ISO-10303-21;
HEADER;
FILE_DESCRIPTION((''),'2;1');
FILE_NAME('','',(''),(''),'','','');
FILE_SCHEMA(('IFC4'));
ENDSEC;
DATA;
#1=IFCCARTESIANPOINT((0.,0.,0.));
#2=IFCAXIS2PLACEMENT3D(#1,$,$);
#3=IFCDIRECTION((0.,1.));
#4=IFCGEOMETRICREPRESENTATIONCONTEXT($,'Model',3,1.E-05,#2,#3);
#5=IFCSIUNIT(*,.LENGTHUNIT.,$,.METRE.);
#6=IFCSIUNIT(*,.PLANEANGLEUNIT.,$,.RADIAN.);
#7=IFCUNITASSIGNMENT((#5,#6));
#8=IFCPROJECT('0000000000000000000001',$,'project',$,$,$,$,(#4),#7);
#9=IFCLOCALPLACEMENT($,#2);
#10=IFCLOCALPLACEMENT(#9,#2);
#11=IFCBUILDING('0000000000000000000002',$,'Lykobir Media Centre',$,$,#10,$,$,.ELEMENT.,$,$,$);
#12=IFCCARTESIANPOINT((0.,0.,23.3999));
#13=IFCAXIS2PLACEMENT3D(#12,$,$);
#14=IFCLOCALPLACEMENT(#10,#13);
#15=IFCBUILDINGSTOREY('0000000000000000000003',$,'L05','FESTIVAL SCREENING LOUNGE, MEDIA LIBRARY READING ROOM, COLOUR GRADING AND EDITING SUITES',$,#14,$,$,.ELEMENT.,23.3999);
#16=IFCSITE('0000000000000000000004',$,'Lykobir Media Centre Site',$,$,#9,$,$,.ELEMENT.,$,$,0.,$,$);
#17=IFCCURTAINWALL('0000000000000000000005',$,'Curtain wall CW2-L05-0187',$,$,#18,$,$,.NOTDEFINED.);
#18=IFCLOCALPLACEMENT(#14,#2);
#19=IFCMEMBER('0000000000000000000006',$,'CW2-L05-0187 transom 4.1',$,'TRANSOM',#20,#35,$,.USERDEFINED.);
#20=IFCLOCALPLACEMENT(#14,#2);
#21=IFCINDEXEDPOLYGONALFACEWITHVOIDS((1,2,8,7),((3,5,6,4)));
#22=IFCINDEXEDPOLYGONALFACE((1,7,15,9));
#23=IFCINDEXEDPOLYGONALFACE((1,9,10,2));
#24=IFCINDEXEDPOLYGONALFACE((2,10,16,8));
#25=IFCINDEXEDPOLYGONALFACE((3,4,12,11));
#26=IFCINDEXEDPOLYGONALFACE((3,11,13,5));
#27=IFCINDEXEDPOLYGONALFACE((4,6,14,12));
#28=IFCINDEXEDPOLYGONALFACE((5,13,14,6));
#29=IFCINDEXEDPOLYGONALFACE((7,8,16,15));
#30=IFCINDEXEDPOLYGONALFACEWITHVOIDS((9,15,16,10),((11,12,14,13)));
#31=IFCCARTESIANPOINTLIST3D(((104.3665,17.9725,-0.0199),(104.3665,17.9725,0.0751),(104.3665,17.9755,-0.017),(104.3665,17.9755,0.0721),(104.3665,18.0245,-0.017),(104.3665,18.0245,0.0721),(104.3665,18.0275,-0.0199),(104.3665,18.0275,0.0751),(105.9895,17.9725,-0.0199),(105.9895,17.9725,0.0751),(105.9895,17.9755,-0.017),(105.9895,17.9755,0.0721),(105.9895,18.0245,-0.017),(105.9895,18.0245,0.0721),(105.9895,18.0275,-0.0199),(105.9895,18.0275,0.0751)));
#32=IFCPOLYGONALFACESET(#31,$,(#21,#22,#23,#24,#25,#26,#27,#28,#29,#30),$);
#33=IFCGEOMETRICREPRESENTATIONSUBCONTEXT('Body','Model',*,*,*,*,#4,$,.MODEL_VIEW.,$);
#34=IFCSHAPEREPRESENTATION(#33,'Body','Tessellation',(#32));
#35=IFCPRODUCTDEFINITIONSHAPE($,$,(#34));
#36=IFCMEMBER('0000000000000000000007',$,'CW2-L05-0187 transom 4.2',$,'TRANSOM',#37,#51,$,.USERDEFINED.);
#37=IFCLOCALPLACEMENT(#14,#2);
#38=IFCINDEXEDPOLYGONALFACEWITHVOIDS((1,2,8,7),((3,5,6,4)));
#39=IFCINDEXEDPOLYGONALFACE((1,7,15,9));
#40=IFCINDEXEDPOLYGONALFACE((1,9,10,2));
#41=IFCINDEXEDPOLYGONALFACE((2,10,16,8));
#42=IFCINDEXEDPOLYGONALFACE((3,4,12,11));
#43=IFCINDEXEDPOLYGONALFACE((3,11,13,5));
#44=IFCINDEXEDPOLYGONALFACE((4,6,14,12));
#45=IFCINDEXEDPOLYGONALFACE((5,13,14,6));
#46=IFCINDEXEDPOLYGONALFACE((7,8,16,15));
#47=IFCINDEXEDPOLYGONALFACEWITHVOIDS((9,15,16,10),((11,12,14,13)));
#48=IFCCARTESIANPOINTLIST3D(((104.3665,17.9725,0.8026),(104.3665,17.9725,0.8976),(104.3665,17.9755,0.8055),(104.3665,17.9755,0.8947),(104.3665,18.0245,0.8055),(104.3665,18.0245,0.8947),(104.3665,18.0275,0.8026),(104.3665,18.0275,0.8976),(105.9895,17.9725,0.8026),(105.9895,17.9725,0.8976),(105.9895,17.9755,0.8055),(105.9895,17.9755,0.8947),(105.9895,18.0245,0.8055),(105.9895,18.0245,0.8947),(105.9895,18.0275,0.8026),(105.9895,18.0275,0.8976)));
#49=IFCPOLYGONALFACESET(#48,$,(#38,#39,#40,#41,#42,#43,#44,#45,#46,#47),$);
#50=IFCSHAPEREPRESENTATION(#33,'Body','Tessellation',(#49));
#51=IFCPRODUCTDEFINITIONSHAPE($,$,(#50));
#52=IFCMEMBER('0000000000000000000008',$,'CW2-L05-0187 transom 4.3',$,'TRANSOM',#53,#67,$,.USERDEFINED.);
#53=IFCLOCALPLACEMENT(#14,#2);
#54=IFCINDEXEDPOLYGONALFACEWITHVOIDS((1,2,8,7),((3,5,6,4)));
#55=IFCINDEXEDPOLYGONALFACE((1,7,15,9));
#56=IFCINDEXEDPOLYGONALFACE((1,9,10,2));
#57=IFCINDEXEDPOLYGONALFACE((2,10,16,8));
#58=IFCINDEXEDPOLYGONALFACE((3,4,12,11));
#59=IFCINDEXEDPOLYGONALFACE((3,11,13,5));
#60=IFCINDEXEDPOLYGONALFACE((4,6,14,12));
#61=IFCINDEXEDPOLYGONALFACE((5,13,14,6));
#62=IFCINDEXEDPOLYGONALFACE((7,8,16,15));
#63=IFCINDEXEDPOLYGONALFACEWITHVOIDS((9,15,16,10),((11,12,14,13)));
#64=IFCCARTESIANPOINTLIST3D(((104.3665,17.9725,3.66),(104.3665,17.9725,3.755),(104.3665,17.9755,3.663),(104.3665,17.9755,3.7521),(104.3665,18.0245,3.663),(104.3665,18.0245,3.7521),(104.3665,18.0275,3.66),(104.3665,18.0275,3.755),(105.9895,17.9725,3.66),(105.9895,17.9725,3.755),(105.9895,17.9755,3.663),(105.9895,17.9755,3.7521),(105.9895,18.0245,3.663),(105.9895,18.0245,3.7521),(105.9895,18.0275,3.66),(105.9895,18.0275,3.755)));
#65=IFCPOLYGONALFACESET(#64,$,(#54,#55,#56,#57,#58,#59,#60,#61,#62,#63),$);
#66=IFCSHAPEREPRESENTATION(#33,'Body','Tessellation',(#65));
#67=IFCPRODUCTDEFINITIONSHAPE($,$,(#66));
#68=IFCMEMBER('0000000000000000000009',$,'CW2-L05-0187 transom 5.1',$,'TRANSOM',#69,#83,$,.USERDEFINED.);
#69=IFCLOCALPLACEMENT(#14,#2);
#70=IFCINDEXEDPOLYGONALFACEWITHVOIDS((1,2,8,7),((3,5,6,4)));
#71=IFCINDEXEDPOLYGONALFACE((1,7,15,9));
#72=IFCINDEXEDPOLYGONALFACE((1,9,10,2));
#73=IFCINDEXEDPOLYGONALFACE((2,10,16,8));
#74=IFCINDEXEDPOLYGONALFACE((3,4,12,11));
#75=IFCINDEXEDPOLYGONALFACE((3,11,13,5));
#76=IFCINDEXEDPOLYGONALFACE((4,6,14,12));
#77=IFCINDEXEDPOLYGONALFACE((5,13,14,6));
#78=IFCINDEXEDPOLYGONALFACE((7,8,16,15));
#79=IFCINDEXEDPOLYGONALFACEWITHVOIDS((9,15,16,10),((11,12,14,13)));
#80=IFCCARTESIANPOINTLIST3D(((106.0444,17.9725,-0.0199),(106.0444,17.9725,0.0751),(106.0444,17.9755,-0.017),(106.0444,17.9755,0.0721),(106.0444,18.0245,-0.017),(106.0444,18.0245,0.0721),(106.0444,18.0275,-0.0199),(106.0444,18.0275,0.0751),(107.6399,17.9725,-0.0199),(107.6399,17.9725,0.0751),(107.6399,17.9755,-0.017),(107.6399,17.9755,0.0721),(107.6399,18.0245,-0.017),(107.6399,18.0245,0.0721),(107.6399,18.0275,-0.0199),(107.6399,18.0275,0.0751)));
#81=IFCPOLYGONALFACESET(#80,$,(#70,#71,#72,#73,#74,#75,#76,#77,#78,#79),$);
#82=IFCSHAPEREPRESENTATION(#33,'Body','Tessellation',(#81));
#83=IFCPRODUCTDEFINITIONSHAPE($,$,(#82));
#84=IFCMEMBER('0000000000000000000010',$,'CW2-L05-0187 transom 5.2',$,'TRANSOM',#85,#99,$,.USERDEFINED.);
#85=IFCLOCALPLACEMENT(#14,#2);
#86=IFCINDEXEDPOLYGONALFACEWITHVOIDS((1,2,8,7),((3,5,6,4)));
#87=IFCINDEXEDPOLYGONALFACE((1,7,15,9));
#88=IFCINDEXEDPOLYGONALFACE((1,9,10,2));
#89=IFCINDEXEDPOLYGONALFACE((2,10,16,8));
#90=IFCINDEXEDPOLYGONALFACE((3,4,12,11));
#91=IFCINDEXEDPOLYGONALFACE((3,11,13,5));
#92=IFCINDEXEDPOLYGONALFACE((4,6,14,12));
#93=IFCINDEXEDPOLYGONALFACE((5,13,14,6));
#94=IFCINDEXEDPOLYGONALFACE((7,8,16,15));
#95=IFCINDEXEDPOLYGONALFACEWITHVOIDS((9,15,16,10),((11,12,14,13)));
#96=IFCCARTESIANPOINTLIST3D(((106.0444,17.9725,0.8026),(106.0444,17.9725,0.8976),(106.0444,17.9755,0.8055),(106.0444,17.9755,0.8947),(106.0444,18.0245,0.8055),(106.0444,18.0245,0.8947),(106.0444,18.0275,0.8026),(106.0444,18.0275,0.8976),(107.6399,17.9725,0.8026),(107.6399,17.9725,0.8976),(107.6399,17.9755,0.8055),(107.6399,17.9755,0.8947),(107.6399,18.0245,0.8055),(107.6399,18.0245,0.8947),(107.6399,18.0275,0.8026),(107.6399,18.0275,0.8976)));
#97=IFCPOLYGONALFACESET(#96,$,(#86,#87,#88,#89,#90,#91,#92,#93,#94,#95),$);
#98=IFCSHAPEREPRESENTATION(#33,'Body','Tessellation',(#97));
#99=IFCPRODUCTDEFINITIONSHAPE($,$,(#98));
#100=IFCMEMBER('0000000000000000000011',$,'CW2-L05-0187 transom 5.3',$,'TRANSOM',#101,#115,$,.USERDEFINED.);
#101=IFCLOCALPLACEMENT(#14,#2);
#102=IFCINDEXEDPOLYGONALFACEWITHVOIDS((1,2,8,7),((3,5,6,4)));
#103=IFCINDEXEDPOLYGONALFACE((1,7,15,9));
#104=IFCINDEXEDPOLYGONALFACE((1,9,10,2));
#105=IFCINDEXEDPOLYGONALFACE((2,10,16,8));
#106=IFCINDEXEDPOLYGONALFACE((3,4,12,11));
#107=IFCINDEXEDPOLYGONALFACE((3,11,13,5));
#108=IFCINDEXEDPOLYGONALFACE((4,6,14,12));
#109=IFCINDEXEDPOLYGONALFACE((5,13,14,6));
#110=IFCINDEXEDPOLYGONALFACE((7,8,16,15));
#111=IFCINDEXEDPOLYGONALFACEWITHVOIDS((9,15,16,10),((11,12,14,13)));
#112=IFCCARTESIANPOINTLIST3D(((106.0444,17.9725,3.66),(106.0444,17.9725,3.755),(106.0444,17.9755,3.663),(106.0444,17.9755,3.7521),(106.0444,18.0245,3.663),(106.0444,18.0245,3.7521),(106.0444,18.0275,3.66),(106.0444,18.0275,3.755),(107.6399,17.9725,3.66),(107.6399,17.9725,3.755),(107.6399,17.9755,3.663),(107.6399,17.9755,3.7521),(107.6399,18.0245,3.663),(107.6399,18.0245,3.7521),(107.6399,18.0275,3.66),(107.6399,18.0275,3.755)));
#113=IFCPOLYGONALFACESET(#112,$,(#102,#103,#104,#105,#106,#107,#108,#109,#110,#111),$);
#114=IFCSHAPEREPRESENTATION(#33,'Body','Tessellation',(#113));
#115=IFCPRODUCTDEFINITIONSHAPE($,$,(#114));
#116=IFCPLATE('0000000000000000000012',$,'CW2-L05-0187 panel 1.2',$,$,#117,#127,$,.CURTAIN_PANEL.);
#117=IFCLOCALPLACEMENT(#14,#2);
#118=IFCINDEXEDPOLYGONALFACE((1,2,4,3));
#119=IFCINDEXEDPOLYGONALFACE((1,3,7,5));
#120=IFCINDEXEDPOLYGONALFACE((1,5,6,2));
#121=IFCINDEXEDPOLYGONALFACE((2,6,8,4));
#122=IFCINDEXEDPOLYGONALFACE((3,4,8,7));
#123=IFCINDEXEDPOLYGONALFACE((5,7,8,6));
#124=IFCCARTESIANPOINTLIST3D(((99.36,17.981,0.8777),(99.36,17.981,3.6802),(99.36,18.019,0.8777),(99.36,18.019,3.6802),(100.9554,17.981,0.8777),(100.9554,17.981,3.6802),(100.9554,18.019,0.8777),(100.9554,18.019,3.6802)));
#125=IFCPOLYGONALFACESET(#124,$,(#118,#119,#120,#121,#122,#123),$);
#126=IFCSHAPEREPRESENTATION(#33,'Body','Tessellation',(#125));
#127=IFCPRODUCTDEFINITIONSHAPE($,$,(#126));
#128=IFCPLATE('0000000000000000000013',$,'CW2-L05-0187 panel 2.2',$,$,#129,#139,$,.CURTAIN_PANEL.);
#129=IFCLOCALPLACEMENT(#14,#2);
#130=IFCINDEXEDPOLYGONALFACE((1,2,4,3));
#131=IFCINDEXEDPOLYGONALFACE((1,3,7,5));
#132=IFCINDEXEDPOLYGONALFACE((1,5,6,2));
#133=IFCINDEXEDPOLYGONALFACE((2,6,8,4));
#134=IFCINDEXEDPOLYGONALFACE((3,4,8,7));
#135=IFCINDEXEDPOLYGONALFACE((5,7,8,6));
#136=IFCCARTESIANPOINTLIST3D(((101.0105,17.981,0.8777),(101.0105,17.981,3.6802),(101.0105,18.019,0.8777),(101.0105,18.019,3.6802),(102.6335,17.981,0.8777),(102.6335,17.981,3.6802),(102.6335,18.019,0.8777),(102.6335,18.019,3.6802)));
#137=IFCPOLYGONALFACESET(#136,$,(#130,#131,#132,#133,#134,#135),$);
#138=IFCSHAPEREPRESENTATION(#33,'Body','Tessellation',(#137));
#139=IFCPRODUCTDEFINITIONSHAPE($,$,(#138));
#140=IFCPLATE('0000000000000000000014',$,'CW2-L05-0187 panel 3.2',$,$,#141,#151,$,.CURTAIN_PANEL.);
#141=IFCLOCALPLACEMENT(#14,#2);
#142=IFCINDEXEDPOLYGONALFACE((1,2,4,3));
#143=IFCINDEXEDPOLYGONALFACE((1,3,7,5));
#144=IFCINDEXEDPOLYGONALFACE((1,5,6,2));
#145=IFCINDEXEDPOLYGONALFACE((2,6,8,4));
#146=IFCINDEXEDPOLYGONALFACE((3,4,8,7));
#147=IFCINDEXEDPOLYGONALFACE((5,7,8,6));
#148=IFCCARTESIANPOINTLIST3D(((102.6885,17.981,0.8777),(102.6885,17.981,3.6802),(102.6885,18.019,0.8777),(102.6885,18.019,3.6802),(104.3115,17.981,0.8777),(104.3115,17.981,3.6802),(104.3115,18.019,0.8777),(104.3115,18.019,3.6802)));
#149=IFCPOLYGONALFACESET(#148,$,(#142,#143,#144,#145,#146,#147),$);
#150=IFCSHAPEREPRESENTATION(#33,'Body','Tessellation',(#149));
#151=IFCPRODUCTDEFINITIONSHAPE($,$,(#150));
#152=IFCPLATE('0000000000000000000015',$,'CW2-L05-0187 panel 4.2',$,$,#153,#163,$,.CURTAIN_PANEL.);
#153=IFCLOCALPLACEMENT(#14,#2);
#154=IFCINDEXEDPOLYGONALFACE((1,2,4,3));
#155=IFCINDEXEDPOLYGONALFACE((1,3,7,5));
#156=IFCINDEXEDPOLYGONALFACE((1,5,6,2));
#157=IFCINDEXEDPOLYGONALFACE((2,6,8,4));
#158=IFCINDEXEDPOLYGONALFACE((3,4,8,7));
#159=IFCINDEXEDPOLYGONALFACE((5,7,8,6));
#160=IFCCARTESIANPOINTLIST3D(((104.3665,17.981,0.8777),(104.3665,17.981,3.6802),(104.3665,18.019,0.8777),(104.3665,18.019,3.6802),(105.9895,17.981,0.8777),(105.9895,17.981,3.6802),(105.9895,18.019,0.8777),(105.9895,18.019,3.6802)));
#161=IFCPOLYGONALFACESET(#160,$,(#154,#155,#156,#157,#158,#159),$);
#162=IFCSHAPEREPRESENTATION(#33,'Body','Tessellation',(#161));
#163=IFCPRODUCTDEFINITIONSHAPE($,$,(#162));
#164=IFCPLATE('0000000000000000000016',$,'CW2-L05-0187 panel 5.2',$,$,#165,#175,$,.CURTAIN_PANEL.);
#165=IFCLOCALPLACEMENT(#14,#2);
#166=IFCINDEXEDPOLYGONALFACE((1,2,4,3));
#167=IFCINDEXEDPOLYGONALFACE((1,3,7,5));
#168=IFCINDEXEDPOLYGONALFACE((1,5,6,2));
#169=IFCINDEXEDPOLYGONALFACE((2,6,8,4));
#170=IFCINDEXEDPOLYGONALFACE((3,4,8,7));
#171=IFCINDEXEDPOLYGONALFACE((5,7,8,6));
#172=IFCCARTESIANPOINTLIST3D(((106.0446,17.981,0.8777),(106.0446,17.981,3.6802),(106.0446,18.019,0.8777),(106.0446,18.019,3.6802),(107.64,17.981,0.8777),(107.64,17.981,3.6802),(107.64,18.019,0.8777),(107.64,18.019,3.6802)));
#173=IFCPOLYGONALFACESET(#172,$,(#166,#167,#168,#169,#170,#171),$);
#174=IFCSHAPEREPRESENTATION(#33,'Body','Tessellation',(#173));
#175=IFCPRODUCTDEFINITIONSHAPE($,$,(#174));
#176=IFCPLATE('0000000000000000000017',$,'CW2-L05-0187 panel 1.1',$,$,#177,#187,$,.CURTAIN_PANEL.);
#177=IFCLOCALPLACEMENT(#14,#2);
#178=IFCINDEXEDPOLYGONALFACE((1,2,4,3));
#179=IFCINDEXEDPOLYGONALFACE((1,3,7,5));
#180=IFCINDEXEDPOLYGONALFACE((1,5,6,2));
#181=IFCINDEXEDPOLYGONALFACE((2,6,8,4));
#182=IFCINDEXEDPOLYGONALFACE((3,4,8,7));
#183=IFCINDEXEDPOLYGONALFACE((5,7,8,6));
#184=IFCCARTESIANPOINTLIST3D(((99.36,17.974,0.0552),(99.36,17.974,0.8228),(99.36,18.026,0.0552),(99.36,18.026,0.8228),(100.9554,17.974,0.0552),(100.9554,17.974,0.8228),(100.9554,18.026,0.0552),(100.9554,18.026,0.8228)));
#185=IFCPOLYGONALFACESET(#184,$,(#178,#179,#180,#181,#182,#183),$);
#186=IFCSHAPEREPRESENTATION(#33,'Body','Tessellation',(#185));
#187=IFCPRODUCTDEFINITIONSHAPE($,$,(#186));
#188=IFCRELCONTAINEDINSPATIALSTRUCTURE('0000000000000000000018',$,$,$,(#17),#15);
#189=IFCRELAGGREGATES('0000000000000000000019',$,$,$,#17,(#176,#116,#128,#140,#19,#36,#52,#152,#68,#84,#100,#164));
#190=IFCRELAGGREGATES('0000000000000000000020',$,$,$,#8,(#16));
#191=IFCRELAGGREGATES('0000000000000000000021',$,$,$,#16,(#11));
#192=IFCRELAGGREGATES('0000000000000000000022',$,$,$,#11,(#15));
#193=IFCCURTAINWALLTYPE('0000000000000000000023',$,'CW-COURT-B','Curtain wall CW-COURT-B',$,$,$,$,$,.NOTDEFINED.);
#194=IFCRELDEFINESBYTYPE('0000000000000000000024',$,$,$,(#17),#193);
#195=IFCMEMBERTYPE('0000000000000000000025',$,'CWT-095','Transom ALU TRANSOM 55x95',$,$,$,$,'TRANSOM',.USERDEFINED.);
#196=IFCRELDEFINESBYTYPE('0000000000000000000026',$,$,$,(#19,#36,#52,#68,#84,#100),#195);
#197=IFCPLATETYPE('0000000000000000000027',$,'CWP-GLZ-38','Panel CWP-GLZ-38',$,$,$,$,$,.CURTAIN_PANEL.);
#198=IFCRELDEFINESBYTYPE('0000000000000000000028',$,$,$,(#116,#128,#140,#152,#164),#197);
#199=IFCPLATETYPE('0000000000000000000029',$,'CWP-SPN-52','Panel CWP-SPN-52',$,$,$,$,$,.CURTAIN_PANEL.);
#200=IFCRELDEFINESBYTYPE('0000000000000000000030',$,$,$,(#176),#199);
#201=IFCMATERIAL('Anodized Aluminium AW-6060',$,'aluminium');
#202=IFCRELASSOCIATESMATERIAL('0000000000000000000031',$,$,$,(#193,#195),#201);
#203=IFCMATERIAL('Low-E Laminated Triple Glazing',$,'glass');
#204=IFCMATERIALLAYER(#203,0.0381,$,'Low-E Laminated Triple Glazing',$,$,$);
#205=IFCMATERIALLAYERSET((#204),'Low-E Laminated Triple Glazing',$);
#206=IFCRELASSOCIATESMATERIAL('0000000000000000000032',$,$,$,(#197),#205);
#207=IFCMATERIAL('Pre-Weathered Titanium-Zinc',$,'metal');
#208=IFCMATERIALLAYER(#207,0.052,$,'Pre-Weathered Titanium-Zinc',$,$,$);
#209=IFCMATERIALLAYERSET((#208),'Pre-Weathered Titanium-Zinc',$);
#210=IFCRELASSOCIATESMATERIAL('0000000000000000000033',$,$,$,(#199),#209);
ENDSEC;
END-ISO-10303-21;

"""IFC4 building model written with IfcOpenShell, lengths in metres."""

from ifc_helpers import new_model, si_unit, direction, frame, origin, origin_2d, place, context, subcontext, project, spatial, rectangle, hollow_rectangle, extrude, material, layer, layer_set, material_profile, profile_set, type_object, element, aggregate, save


model = new_model("IFC4")

# Units and contexts
model_context = context("Model", 3, precision=1e-05, world=origin(), true_north=direction((0.0, 1.0)))
body_context = subcontext(model_context, "Body", "Model", "MODEL_VIEW")
ifc_project = project(units=[si_unit("LENGTHUNIT", "METRE"), si_unit("PLANEANGLEUNIT", "RADIAN")], contexts=[model_context])

# Site, building, storey
site_placement = place(None, origin())
site = spatial("IfcSite", under=ifc_project, at=site_placement, Name="Lykobir Media Centre Site", CompositionType="ELEMENT", RefElevation=0.0)
building_placement = place(site_placement, origin())
building = spatial("IfcBuilding", under=site, at=building_placement, Name="Lykobir Media Centre", CompositionType="ELEMENT")
storey_placement = place(building_placement, frame((0.0, 0.0, 23.3999)))
storey = spatial("IfcBuildingStorey", under=building, at=storey_placement, Name="L05", Description="FESTIVAL SCREENING LOUNGE, MEDIA LIBRARY READING ROOM, COLOUR GRADING AND EDITING SUITES", CompositionType="ELEMENT", Elevation=23.3999)

# Curtain wall, members, plates
ifc_material_1 = material(Name="Anodized Aluminium AW-6060", Category="aluminium")
curtain_wall_type = type_object("IfcCurtainWallType", Name="CW-COURT-B", Description="Curtain wall CW-COURT-B", PredefinedType="NOTDEFINED", material=ifc_material_1)
curtain_wall_placement = place(storey_placement, origin())
curtain_wall = element("IfcCurtainWall", 1, at=curtain_wall_placement, inside=storey, type_object=curtain_wall_type, Name="Curtain wall CW2-L05-0187", PredefinedType="NOTDEFINED")
ifc_material_profile_1 = material_profile(ifc_material_1, hollow_rectangle(XDim=0.0549, YDim=0.095, WallThickness=0.0029, at=origin_2d()), Name="ALU TRANSOM 55x95")
ifc_profile_set_1 = profile_set([ifc_material_profile_1], Name="Anodized Aluminium AW-6060")
member_type_1 = type_object("IfcMemberType", Name="CWT-095", Description="Transom ALU TRANSOM 55x95", ElementType="TRANSOM", PredefinedType="USERDEFINED", material=ifc_profile_set_1)
member_1_placement = place(storey_placement, frame((104.3665, 18.0, 0.0276), z_axis=(1.0, 0.0, 0.0), x_axis=(0.0, 1.0, 0.0)))
member_1 = element("IfcMember", 2, at=member_1_placement, type_object=member_type_1, Name="CW2-L05-0187 transom 4.1", ObjectType="TRANSOM", PredefinedType="USERDEFINED", context=body_context, shape_type="SweptSolid", body=[
    extrude(hollow_rectangle(XDim=0.0549, YDim=0.095, WallThickness=0.0029, at=origin_2d()), origin(), (0.0, 0.0, 1.0), 1.623),
])
member_2_placement = place(storey_placement, frame((104.3665, 18.0, 0.8501), z_axis=(1.0, 0.0, 0.0), x_axis=(0.0, 1.0, 0.0)))
member_2 = element("IfcMember", 3, at=member_2_placement, type_object=member_type_1, Name="CW2-L05-0187 transom 4.2", ObjectType="TRANSOM", PredefinedType="USERDEFINED", context=body_context, shape_type="SweptSolid", body=[
    extrude(hollow_rectangle(XDim=0.0549, YDim=0.095, WallThickness=0.0029, at=origin_2d()), origin(), (0.0, 0.0, 1.0), 1.623),
])
member_3_placement = place(storey_placement, frame((104.3665, 18.0, 3.7075), z_axis=(1.0, 0.0, 0.0), x_axis=(0.0, 1.0, 0.0)))
member_3 = element("IfcMember", 4, at=member_3_placement, type_object=member_type_1, Name="CW2-L05-0187 transom 4.3", ObjectType="TRANSOM", PredefinedType="USERDEFINED", context=body_context, shape_type="SweptSolid", body=[
    extrude(hollow_rectangle(XDim=0.0549, YDim=0.095, WallThickness=0.0029, at=origin_2d()), origin(), (0.0, 0.0, 1.0), 1.623),
])
member_4_placement = place(storey_placement, frame((106.0444, 18.0, 0.0276), z_axis=(1.0, 0.0, 0.0), x_axis=(0.0, 1.0, 0.0)))
member_4 = element("IfcMember", 5, at=member_4_placement, type_object=member_type_1, Name="CW2-L05-0187 transom 5.1", ObjectType="TRANSOM", PredefinedType="USERDEFINED", context=body_context, shape_type="SweptSolid", body=[
    extrude(hollow_rectangle(XDim=0.0549, YDim=0.095, WallThickness=0.0029, at=origin_2d()), origin(), (0.0, 0.0, 1.0), 1.5955),
])
member_5_placement = place(storey_placement, frame((106.0444, 18.0, 0.8501), z_axis=(1.0, 0.0, 0.0), x_axis=(0.0, 1.0, 0.0)))
member_5 = element("IfcMember", 6, at=member_5_placement, type_object=member_type_1, Name="CW2-L05-0187 transom 5.2", ObjectType="TRANSOM", PredefinedType="USERDEFINED", context=body_context, shape_type="SweptSolid", body=[
    extrude(hollow_rectangle(XDim=0.0549, YDim=0.095, WallThickness=0.0029, at=origin_2d()), origin(), (0.0, 0.0, 1.0), 1.5955),
])
member_6_placement = place(storey_placement, frame((106.0444, 18.0, 3.7075), z_axis=(1.0, 0.0, 0.0), x_axis=(0.0, 1.0, 0.0)))
member_6 = element("IfcMember", 7, at=member_6_placement, type_object=member_type_1, Name="CW2-L05-0187 transom 5.3", ObjectType="TRANSOM", PredefinedType="USERDEFINED", context=body_context, shape_type="SweptSolid", body=[
    extrude(hollow_rectangle(XDim=0.0549, YDim=0.095, WallThickness=0.0029, at=origin_2d()), origin(), (0.0, 0.0, 1.0), 1.5955),
])
ifc_material_2 = material(Name="Low-E Laminated Triple Glazing", Category="glass")
ifc_layer_1 = layer(ifc_material_2, 0.0381, Name="Low-E Laminated Triple Glazing")
ifc_layer_set_1 = layer_set([ifc_layer_1], Name="Low-E Laminated Triple Glazing")
plate_type_1 = type_object("IfcPlateType", Name="CWP-GLZ-38", Description="Panel CWP-GLZ-38", PredefinedType="CURTAIN_PANEL", material=ifc_layer_set_1)
plate_1_placement = place(storey_placement, frame((100.1577, 18.0, 0.8777), z_axis=(0.0, 0.0, 1.0), x_axis=(1.0, 0.0, 0.0)))
plate_1 = element("IfcPlate", 8, at=plate_1_placement, type_object=plate_type_1, Name="CW2-L05-0187 panel 1.2", PredefinedType="CURTAIN_PANEL", context=body_context, shape_type="SweptSolid", body=[
    extrude(rectangle(XDim=1.5955, YDim=0.0381, at=origin_2d()), origin(), (0.0, 0.0, 1.0), 2.8025),
])
plate_2_placement = place(storey_placement, frame((101.822, 18.0, 0.8777), z_axis=(0.0, 0.0, 1.0), x_axis=(1.0, 0.0, 0.0)))
plate_2 = element("IfcPlate", 9, at=plate_2_placement, type_object=plate_type_1, Name="CW2-L05-0187 panel 2.2", PredefinedType="CURTAIN_PANEL", context=body_context, shape_type="SweptSolid", body=[
    extrude(rectangle(XDim=1.623, YDim=0.0381, at=origin_2d()), origin(), (0.0, 0.0, 1.0), 2.8025),
])
plate_3_placement = place(storey_placement, frame((103.5, 18.0, 0.8777), z_axis=(0.0, 0.0, 1.0), x_axis=(1.0, 0.0, 0.0)))
plate_3 = element("IfcPlate", 10, at=plate_3_placement, type_object=plate_type_1, Name="CW2-L05-0187 panel 3.2", PredefinedType="CURTAIN_PANEL", context=body_context, shape_type="SweptSolid", body=[
    extrude(rectangle(XDim=1.623, YDim=0.0381, at=origin_2d()), origin(), (0.0, 0.0, 1.0), 2.8025),
])
plate_4_placement = place(storey_placement, frame((105.178, 18.0, 0.8777), z_axis=(0.0, 0.0, 1.0), x_axis=(1.0, 0.0, 0.0)))
plate_4 = element("IfcPlate", 11, at=plate_4_placement, type_object=plate_type_1, Name="CW2-L05-0187 panel 4.2", PredefinedType="CURTAIN_PANEL", context=body_context, shape_type="SweptSolid", body=[
    extrude(rectangle(XDim=1.623, YDim=0.0381, at=origin_2d()), origin(), (0.0, 0.0, 1.0), 2.8025),
])
plate_5_placement = place(storey_placement, frame((106.8423, 18.0, 0.8777), z_axis=(0.0, 0.0, 1.0), x_axis=(1.0, 0.0, 0.0)))
plate_5 = element("IfcPlate", 12, at=plate_5_placement, type_object=plate_type_1, Name="CW2-L05-0187 panel 5.2", PredefinedType="CURTAIN_PANEL", context=body_context, shape_type="SweptSolid", body=[
    extrude(rectangle(XDim=1.5955, YDim=0.0381, at=origin_2d()), origin(), (0.0, 0.0, 1.0), 2.8025),
])
ifc_material_3 = material(Name="Pre-Weathered Titanium-Zinc", Category="metal")
ifc_layer_2 = layer(ifc_material_3, 0.052, Name="Pre-Weathered Titanium-Zinc")
ifc_layer_set_2 = layer_set([ifc_layer_2], Name="Pre-Weathered Titanium-Zinc")
plate_type_2 = type_object("IfcPlateType", Name="CWP-SPN-52", Description="Panel CWP-SPN-52", PredefinedType="CURTAIN_PANEL", material=ifc_layer_set_2)
plate_6_placement = place(storey_placement, frame((100.1577, 18.0, 0.0552), z_axis=(0.0, 0.0, 1.0), x_axis=(1.0, 0.0, 0.0)))
plate_6 = element("IfcPlate", 13, at=plate_6_placement, type_object=plate_type_2, Name="CW2-L05-0187 panel 1.1", PredefinedType="CURTAIN_PANEL", context=body_context, shape_type="SweptSolid", body=[
    extrude(rectangle(XDim=1.5955, YDim=0.052, at=origin_2d()), origin(), (0.0, 0.0, 1.0), 0.7676),
])
aggregate(curtain_wall, [plate_6, plate_1, plate_2, plate_3, member_1, member_2, member_3, plate_4, member_4, member_5, member_6, plate_5])

save(model, "model.ifc")
